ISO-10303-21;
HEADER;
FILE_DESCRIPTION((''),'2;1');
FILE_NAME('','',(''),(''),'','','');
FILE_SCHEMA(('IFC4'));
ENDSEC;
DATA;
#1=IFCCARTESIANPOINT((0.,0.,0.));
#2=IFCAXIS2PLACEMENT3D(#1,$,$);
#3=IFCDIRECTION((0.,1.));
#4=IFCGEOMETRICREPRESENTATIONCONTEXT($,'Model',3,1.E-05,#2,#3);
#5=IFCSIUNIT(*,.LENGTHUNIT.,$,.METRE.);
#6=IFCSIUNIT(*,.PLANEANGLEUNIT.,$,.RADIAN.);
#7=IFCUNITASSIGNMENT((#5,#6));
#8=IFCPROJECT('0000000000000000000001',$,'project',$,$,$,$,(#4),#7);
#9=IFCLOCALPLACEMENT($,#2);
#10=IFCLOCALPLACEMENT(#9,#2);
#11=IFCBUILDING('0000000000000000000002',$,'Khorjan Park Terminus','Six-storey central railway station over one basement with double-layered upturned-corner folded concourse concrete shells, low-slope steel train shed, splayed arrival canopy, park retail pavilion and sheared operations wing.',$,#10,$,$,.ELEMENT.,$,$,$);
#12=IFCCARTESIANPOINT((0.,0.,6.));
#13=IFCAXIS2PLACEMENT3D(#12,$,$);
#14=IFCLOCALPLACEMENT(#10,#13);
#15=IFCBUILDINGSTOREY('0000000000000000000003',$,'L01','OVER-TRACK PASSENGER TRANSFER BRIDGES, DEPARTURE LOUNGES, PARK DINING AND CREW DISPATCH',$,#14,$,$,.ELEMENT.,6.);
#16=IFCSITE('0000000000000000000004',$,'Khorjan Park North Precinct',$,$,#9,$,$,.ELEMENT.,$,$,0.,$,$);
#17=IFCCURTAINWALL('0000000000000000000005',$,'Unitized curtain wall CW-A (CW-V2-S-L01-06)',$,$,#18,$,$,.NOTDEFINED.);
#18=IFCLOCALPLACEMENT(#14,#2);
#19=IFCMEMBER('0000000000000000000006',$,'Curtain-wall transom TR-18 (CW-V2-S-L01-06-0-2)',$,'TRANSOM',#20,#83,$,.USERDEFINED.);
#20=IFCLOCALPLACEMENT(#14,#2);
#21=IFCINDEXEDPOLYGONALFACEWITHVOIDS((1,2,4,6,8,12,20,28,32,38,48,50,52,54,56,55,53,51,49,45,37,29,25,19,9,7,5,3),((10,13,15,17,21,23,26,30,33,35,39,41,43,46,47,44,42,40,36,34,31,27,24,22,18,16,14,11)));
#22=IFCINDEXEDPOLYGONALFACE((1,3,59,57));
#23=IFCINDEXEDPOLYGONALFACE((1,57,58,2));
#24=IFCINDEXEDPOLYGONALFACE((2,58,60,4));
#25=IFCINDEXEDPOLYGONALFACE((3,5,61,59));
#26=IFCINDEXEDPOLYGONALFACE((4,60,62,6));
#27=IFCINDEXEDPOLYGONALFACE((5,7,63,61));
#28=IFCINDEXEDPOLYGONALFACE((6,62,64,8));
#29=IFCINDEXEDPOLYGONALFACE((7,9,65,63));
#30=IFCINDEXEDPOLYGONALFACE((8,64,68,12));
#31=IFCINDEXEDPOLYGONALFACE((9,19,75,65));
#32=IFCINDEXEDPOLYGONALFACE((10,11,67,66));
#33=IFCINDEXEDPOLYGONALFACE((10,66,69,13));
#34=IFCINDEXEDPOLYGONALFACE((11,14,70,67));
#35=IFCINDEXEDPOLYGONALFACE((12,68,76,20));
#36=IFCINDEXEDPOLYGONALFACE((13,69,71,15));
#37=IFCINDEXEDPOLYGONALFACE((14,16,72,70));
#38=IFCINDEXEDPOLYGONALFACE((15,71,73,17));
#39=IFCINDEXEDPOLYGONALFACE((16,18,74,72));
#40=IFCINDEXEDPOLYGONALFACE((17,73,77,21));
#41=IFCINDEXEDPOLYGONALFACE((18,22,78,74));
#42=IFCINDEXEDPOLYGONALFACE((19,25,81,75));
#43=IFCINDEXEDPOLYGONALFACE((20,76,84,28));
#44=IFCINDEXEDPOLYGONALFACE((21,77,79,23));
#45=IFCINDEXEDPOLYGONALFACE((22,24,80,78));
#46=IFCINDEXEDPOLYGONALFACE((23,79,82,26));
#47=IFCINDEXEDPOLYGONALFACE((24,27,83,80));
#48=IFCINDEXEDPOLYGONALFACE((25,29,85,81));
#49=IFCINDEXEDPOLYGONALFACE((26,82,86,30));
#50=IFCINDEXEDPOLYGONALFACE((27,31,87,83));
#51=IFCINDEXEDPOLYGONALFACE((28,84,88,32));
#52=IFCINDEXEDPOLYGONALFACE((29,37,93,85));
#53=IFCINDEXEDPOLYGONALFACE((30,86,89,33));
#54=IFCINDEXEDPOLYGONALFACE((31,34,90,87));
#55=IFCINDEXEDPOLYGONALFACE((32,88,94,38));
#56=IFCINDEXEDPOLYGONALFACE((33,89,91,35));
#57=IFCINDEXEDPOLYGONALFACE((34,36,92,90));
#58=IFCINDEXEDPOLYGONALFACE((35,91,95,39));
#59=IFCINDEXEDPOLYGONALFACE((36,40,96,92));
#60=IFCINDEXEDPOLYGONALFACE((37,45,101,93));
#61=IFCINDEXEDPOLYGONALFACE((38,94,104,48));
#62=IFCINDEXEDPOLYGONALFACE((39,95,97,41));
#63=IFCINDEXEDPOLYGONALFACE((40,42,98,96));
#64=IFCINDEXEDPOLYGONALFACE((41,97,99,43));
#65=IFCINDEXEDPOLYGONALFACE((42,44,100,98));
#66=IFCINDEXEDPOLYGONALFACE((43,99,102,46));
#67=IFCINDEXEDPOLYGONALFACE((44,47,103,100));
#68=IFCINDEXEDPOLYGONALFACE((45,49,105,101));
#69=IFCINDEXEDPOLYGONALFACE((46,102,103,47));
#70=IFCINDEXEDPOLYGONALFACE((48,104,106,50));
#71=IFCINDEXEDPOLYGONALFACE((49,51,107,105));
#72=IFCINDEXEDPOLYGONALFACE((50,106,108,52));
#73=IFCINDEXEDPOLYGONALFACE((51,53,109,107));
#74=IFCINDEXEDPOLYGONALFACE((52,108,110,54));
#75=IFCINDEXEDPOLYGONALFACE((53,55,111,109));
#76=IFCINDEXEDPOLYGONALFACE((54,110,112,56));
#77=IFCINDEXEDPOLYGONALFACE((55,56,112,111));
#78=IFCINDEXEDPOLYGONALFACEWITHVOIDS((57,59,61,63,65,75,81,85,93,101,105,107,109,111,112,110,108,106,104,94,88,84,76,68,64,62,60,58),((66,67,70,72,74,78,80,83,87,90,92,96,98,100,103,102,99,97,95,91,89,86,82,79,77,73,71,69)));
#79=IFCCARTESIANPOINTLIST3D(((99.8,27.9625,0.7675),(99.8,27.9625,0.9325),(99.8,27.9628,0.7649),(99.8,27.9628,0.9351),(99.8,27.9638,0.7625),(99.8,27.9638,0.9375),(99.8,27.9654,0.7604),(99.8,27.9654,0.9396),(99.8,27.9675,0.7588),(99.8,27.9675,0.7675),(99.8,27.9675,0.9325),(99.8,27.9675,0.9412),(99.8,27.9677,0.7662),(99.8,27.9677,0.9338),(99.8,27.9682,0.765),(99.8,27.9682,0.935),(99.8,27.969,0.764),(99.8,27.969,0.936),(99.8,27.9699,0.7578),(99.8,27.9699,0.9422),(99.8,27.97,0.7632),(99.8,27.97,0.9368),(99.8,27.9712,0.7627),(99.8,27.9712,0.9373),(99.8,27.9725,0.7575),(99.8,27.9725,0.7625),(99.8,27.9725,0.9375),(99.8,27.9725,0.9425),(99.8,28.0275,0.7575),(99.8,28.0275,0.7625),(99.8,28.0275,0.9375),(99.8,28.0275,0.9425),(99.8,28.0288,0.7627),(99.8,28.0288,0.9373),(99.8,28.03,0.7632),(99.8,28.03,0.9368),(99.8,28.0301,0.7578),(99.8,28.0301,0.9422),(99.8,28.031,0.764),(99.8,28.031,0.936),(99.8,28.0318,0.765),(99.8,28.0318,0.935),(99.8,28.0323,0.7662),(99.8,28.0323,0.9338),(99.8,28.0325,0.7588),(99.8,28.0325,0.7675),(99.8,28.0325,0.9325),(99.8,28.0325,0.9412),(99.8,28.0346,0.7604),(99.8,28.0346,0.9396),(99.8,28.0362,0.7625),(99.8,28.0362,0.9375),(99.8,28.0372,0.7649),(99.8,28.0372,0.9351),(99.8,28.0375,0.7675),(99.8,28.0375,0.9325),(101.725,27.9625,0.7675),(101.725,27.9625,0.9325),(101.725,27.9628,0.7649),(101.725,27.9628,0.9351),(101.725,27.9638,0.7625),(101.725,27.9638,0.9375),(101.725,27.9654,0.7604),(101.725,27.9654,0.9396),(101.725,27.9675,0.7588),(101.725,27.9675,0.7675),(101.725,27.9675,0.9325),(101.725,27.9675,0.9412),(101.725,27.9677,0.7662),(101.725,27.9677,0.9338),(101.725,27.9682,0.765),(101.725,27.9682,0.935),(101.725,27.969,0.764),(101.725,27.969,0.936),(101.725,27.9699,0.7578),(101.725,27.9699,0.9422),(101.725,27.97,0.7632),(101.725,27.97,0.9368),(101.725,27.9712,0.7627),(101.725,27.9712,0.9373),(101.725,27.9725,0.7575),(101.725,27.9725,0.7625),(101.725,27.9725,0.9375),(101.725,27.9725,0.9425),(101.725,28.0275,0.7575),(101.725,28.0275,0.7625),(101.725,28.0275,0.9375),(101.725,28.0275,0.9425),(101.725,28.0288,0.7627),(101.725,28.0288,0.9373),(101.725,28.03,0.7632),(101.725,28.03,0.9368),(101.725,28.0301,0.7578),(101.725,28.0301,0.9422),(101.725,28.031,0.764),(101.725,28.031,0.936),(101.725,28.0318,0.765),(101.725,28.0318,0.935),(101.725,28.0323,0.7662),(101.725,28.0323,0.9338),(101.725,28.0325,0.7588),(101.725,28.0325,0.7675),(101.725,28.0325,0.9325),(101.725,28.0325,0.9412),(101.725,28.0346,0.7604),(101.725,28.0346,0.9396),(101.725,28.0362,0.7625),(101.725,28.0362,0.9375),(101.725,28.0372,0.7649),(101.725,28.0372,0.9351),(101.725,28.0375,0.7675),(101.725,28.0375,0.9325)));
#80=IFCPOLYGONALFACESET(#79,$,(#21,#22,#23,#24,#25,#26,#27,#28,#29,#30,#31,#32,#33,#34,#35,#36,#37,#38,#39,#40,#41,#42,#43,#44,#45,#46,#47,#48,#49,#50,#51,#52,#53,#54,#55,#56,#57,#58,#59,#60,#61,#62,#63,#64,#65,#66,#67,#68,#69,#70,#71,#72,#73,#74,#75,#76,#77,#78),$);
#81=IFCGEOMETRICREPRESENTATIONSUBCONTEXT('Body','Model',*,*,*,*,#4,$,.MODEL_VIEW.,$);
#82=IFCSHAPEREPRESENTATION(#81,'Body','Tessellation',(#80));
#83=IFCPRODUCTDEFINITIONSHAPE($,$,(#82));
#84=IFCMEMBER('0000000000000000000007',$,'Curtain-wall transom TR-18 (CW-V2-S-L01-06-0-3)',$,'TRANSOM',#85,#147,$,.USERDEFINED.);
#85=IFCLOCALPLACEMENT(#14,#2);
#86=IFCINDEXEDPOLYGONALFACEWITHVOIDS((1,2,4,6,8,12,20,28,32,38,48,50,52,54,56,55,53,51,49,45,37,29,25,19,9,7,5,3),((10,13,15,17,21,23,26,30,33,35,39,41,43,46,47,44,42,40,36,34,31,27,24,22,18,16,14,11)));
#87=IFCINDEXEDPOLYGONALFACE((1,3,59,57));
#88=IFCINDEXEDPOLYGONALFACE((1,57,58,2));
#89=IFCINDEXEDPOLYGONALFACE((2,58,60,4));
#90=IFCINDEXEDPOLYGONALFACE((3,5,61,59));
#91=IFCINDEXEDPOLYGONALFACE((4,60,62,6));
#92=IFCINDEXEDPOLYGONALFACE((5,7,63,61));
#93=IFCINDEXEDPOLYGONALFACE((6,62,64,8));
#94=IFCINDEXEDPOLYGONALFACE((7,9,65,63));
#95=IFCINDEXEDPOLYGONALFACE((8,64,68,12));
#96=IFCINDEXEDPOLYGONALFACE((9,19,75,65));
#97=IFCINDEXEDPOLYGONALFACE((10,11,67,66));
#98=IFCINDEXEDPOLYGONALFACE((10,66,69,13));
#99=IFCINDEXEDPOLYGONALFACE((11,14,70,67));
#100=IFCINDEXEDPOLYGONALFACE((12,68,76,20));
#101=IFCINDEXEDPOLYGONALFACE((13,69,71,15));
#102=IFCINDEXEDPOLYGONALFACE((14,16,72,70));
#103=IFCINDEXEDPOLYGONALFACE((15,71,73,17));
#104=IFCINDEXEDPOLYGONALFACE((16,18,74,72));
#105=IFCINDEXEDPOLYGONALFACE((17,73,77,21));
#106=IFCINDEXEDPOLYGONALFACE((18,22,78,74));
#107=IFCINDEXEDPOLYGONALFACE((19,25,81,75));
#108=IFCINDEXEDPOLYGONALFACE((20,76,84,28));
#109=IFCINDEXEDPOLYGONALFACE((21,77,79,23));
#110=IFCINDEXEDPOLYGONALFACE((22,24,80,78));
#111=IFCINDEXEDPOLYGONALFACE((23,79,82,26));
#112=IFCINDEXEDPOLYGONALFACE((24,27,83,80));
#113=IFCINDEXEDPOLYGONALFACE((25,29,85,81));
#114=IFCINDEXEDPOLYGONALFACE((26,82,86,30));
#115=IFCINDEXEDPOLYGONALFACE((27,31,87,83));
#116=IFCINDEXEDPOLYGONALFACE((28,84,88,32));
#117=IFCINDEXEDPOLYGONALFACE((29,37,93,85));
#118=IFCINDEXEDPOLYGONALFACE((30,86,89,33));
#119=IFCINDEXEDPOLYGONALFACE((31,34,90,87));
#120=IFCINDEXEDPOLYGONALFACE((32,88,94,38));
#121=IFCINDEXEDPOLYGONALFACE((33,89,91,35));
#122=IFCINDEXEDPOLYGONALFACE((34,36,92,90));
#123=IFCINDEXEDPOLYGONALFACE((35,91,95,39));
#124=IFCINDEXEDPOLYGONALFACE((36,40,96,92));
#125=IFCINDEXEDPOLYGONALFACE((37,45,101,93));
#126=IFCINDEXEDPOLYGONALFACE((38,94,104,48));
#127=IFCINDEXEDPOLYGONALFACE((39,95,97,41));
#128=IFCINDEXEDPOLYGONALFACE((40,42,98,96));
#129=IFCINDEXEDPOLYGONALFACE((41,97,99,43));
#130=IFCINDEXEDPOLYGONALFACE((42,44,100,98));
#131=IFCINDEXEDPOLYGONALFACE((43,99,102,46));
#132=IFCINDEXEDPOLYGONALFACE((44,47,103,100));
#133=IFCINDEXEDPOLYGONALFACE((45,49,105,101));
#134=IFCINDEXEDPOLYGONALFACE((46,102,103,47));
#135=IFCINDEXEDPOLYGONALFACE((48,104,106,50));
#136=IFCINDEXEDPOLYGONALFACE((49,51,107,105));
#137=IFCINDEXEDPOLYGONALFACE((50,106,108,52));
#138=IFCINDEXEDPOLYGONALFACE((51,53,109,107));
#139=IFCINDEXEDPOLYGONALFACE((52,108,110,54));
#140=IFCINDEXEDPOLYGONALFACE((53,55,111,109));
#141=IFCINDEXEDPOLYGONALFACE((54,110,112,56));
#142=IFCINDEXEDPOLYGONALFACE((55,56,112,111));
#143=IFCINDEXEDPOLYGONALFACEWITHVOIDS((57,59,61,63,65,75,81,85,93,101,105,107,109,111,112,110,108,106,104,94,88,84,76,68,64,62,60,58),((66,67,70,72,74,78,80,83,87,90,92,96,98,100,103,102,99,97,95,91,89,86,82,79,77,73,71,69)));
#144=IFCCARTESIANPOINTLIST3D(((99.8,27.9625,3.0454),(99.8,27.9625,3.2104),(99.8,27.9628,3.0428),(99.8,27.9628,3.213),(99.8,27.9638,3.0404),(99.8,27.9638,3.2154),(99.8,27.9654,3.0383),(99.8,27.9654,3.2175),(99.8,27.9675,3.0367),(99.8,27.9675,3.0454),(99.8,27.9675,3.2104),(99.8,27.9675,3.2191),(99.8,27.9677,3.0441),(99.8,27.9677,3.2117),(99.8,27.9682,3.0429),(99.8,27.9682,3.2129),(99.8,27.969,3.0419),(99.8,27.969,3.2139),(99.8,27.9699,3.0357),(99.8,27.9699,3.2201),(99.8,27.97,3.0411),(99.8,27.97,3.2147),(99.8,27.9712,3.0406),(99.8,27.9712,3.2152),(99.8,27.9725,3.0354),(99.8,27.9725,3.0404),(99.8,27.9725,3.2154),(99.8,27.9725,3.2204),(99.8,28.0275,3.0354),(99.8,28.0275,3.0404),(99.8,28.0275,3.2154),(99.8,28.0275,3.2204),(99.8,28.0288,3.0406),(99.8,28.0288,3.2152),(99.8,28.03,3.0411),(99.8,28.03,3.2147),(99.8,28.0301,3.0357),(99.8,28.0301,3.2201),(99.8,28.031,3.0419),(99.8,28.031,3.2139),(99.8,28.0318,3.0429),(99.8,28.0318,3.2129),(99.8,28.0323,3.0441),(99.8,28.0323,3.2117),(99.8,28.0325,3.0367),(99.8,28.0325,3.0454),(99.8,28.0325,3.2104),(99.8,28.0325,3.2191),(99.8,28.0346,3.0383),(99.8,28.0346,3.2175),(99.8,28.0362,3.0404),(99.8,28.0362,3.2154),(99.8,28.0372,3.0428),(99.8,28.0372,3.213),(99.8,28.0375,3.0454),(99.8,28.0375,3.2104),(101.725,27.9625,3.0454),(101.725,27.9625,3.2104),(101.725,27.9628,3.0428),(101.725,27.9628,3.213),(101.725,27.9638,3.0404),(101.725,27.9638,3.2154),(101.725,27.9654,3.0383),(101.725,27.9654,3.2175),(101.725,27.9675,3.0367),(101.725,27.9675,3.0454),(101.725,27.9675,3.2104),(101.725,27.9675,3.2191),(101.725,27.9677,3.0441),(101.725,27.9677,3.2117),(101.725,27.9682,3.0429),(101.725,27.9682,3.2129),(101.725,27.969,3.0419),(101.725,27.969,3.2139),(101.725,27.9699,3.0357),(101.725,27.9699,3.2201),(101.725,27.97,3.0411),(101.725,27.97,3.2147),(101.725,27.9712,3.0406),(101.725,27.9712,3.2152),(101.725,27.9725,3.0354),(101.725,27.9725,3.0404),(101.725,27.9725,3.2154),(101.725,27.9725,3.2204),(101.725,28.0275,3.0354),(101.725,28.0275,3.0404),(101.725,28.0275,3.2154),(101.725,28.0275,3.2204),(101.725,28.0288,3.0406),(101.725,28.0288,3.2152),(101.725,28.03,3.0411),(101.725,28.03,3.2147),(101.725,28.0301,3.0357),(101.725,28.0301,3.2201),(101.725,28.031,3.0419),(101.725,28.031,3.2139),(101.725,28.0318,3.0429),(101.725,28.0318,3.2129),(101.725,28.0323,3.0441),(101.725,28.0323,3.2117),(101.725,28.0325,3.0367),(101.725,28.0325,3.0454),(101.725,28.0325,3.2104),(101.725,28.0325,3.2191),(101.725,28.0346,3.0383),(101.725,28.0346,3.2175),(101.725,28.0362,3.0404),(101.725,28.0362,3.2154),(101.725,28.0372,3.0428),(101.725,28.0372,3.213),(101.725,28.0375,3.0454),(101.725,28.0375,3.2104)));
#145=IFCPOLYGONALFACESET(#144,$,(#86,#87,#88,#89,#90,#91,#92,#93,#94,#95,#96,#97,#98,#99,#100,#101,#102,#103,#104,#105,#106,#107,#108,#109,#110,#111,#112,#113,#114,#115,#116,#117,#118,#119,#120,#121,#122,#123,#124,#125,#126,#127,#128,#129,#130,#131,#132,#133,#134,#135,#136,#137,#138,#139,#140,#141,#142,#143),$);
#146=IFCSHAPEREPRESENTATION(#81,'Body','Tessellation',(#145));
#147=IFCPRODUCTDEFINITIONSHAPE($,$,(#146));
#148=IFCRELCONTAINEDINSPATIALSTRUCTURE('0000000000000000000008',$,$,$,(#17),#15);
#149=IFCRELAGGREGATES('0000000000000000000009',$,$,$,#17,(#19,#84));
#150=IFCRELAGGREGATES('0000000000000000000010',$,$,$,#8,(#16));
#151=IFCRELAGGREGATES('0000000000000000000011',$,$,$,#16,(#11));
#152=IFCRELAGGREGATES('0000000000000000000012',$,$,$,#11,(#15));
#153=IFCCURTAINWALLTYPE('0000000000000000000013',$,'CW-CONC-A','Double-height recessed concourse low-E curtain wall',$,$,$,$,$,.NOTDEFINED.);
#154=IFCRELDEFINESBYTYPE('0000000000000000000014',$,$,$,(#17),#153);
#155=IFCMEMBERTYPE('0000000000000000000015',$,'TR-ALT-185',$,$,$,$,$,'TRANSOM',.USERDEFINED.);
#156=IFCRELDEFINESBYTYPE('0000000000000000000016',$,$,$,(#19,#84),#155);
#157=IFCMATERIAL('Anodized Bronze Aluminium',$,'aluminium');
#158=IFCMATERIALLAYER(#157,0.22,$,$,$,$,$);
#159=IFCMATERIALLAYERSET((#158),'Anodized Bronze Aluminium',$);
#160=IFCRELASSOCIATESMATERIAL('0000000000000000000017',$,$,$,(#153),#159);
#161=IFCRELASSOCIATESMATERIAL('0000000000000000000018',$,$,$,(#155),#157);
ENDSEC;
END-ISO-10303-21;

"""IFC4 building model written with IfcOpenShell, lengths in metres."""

from ifc_helpers import new_model, si_unit, direction, frame, origin, origin_2d, place, context, subcontext, project, spatial, hollow_rectangle, extrude, material, layer, layer_set, material_profile, profile_set, type_object, element, aggregate, save


model = new_model("IFC4")

# Units and contexts
model_context = context("Model", 3, precision=1e-05, world=origin(), true_north=direction((0.0, 1.0)))
body_context = subcontext(model_context, "Body", "Model", "MODEL_VIEW")
ifc_project = project(units=[si_unit("LENGTHUNIT", "METRE"), si_unit("PLANEANGLEUNIT", "RADIAN")], contexts=[model_context])

# Site, building, storey
site_placement = place(None, origin())
site = spatial("IfcSite", under=ifc_project, at=site_placement, Name="Khorjan Park North Precinct", CompositionType="ELEMENT", RefElevation=0.0)
building_placement = place(site_placement, origin())
building = spatial("IfcBuilding", under=site, at=building_placement, Name="Khorjan Park Terminus", Description="Six-storey central railway station over one basement with double-layered upturned-corner folded concourse concrete shells, low-slope steel train shed, splayed arrival canopy, park retail pavilion and sheared operations wing.", CompositionType="ELEMENT")
storey_placement = place(building_placement, frame((0.0, 0.0, 6.0)))
storey = spatial("IfcBuildingStorey", under=building, at=storey_placement, Name="L01", Description="OVER-TRACK PASSENGER TRANSFER BRIDGES, DEPARTURE LOUNGES, PARK DINING AND CREW DISPATCH", CompositionType="ELEMENT", Elevation=6.0)

# Shared definitions
ifc_material_1 = material(Name="Anodized Bronze Aluminium", Category="aluminium")
ifc_layer_1 = layer(ifc_material_1, 0.22)
ifc_layer_set_1 = layer_set([ifc_layer_1], Name="Anodized Bronze Aluminium")
curtain_wall_type = type_object("IfcCurtainWallType", Name="CW-CONC-A", Description="Double-height recessed concourse low-E curtain wall", PredefinedType="NOTDEFINED", material=ifc_layer_set_1)

# Curtain wall, members
curtain_wall_1_placement = place(storey_placement, origin())
curtain_wall_1 = element("IfcCurtainWall", 1, at=curtain_wall_1_placement, inside=storey, type_object=curtain_wall_type, Name="Unitized curtain wall CW-A (CW-V2-S-L01-06)", PredefinedType="NOTDEFINED")
ifc_material_profile_1 = material_profile(ifc_material_1, hollow_rectangle(XDim=0.075, YDim=0.185, WallThickness=0.005, InnerFilletRadius=0.005, OuterFilletRadius=0.01, at=origin_2d()), Name="ALT 75x185x5")
ifc_profile_set_1 = profile_set([ifc_material_profile_1], Name="Anodized Bronze Aluminium")
member_type_1 = type_object("IfcMemberType", Name="TR-ALT-185", ElementType="TRANSOM", PredefinedType="USERDEFINED", material=ifc_profile_set_1)
member_1_placement = place(storey_placement, frame((99.8, 28.0, 0.85), z_axis=(1.0, 0.0, 0.0), x_axis=(0.0, 1.0, 0.0)))
member_1 = element("IfcMember", 2, at=member_1_placement, type_object=member_type_1, Name="Curtain-wall transom TR-18 (CW-V2-S-L01-06-0-2)", ObjectType="TRANSOM", PredefinedType="USERDEFINED", context=body_context, shape_type="SweptSolid", body=[
    extrude(hollow_rectangle(XDim=0.075, YDim=0.185, WallThickness=0.005, InnerFilletRadius=0.005, OuterFilletRadius=0.01, at=origin_2d()), origin(), (0.0, 0.0, 1.0), 1.925),
])
member_2_placement = place(storey_placement, frame((99.8, 28.0, 3.1279), z_axis=(1.0, 0.0, 0.0), x_axis=(0.0, 1.0, 0.0)))
member_2 = element("IfcMember", 3, at=member_2_placement, type_object=member_type_1, Name="Curtain-wall transom TR-18 (CW-V2-S-L01-06-0-3)", ObjectType="TRANSOM", PredefinedType="USERDEFINED", context=body_context, shape_type="SweptSolid", body=[
    extrude(hollow_rectangle(XDim=0.075, YDim=0.185, WallThickness=0.005, InnerFilletRadius=0.005, OuterFilletRadius=0.01, at=origin_2d()), origin(), (0.0, 0.0, 1.0), 1.925),
])

aggregate(curtain_wall_1, [member_1, member_2])

save(model, "model.ifc")
